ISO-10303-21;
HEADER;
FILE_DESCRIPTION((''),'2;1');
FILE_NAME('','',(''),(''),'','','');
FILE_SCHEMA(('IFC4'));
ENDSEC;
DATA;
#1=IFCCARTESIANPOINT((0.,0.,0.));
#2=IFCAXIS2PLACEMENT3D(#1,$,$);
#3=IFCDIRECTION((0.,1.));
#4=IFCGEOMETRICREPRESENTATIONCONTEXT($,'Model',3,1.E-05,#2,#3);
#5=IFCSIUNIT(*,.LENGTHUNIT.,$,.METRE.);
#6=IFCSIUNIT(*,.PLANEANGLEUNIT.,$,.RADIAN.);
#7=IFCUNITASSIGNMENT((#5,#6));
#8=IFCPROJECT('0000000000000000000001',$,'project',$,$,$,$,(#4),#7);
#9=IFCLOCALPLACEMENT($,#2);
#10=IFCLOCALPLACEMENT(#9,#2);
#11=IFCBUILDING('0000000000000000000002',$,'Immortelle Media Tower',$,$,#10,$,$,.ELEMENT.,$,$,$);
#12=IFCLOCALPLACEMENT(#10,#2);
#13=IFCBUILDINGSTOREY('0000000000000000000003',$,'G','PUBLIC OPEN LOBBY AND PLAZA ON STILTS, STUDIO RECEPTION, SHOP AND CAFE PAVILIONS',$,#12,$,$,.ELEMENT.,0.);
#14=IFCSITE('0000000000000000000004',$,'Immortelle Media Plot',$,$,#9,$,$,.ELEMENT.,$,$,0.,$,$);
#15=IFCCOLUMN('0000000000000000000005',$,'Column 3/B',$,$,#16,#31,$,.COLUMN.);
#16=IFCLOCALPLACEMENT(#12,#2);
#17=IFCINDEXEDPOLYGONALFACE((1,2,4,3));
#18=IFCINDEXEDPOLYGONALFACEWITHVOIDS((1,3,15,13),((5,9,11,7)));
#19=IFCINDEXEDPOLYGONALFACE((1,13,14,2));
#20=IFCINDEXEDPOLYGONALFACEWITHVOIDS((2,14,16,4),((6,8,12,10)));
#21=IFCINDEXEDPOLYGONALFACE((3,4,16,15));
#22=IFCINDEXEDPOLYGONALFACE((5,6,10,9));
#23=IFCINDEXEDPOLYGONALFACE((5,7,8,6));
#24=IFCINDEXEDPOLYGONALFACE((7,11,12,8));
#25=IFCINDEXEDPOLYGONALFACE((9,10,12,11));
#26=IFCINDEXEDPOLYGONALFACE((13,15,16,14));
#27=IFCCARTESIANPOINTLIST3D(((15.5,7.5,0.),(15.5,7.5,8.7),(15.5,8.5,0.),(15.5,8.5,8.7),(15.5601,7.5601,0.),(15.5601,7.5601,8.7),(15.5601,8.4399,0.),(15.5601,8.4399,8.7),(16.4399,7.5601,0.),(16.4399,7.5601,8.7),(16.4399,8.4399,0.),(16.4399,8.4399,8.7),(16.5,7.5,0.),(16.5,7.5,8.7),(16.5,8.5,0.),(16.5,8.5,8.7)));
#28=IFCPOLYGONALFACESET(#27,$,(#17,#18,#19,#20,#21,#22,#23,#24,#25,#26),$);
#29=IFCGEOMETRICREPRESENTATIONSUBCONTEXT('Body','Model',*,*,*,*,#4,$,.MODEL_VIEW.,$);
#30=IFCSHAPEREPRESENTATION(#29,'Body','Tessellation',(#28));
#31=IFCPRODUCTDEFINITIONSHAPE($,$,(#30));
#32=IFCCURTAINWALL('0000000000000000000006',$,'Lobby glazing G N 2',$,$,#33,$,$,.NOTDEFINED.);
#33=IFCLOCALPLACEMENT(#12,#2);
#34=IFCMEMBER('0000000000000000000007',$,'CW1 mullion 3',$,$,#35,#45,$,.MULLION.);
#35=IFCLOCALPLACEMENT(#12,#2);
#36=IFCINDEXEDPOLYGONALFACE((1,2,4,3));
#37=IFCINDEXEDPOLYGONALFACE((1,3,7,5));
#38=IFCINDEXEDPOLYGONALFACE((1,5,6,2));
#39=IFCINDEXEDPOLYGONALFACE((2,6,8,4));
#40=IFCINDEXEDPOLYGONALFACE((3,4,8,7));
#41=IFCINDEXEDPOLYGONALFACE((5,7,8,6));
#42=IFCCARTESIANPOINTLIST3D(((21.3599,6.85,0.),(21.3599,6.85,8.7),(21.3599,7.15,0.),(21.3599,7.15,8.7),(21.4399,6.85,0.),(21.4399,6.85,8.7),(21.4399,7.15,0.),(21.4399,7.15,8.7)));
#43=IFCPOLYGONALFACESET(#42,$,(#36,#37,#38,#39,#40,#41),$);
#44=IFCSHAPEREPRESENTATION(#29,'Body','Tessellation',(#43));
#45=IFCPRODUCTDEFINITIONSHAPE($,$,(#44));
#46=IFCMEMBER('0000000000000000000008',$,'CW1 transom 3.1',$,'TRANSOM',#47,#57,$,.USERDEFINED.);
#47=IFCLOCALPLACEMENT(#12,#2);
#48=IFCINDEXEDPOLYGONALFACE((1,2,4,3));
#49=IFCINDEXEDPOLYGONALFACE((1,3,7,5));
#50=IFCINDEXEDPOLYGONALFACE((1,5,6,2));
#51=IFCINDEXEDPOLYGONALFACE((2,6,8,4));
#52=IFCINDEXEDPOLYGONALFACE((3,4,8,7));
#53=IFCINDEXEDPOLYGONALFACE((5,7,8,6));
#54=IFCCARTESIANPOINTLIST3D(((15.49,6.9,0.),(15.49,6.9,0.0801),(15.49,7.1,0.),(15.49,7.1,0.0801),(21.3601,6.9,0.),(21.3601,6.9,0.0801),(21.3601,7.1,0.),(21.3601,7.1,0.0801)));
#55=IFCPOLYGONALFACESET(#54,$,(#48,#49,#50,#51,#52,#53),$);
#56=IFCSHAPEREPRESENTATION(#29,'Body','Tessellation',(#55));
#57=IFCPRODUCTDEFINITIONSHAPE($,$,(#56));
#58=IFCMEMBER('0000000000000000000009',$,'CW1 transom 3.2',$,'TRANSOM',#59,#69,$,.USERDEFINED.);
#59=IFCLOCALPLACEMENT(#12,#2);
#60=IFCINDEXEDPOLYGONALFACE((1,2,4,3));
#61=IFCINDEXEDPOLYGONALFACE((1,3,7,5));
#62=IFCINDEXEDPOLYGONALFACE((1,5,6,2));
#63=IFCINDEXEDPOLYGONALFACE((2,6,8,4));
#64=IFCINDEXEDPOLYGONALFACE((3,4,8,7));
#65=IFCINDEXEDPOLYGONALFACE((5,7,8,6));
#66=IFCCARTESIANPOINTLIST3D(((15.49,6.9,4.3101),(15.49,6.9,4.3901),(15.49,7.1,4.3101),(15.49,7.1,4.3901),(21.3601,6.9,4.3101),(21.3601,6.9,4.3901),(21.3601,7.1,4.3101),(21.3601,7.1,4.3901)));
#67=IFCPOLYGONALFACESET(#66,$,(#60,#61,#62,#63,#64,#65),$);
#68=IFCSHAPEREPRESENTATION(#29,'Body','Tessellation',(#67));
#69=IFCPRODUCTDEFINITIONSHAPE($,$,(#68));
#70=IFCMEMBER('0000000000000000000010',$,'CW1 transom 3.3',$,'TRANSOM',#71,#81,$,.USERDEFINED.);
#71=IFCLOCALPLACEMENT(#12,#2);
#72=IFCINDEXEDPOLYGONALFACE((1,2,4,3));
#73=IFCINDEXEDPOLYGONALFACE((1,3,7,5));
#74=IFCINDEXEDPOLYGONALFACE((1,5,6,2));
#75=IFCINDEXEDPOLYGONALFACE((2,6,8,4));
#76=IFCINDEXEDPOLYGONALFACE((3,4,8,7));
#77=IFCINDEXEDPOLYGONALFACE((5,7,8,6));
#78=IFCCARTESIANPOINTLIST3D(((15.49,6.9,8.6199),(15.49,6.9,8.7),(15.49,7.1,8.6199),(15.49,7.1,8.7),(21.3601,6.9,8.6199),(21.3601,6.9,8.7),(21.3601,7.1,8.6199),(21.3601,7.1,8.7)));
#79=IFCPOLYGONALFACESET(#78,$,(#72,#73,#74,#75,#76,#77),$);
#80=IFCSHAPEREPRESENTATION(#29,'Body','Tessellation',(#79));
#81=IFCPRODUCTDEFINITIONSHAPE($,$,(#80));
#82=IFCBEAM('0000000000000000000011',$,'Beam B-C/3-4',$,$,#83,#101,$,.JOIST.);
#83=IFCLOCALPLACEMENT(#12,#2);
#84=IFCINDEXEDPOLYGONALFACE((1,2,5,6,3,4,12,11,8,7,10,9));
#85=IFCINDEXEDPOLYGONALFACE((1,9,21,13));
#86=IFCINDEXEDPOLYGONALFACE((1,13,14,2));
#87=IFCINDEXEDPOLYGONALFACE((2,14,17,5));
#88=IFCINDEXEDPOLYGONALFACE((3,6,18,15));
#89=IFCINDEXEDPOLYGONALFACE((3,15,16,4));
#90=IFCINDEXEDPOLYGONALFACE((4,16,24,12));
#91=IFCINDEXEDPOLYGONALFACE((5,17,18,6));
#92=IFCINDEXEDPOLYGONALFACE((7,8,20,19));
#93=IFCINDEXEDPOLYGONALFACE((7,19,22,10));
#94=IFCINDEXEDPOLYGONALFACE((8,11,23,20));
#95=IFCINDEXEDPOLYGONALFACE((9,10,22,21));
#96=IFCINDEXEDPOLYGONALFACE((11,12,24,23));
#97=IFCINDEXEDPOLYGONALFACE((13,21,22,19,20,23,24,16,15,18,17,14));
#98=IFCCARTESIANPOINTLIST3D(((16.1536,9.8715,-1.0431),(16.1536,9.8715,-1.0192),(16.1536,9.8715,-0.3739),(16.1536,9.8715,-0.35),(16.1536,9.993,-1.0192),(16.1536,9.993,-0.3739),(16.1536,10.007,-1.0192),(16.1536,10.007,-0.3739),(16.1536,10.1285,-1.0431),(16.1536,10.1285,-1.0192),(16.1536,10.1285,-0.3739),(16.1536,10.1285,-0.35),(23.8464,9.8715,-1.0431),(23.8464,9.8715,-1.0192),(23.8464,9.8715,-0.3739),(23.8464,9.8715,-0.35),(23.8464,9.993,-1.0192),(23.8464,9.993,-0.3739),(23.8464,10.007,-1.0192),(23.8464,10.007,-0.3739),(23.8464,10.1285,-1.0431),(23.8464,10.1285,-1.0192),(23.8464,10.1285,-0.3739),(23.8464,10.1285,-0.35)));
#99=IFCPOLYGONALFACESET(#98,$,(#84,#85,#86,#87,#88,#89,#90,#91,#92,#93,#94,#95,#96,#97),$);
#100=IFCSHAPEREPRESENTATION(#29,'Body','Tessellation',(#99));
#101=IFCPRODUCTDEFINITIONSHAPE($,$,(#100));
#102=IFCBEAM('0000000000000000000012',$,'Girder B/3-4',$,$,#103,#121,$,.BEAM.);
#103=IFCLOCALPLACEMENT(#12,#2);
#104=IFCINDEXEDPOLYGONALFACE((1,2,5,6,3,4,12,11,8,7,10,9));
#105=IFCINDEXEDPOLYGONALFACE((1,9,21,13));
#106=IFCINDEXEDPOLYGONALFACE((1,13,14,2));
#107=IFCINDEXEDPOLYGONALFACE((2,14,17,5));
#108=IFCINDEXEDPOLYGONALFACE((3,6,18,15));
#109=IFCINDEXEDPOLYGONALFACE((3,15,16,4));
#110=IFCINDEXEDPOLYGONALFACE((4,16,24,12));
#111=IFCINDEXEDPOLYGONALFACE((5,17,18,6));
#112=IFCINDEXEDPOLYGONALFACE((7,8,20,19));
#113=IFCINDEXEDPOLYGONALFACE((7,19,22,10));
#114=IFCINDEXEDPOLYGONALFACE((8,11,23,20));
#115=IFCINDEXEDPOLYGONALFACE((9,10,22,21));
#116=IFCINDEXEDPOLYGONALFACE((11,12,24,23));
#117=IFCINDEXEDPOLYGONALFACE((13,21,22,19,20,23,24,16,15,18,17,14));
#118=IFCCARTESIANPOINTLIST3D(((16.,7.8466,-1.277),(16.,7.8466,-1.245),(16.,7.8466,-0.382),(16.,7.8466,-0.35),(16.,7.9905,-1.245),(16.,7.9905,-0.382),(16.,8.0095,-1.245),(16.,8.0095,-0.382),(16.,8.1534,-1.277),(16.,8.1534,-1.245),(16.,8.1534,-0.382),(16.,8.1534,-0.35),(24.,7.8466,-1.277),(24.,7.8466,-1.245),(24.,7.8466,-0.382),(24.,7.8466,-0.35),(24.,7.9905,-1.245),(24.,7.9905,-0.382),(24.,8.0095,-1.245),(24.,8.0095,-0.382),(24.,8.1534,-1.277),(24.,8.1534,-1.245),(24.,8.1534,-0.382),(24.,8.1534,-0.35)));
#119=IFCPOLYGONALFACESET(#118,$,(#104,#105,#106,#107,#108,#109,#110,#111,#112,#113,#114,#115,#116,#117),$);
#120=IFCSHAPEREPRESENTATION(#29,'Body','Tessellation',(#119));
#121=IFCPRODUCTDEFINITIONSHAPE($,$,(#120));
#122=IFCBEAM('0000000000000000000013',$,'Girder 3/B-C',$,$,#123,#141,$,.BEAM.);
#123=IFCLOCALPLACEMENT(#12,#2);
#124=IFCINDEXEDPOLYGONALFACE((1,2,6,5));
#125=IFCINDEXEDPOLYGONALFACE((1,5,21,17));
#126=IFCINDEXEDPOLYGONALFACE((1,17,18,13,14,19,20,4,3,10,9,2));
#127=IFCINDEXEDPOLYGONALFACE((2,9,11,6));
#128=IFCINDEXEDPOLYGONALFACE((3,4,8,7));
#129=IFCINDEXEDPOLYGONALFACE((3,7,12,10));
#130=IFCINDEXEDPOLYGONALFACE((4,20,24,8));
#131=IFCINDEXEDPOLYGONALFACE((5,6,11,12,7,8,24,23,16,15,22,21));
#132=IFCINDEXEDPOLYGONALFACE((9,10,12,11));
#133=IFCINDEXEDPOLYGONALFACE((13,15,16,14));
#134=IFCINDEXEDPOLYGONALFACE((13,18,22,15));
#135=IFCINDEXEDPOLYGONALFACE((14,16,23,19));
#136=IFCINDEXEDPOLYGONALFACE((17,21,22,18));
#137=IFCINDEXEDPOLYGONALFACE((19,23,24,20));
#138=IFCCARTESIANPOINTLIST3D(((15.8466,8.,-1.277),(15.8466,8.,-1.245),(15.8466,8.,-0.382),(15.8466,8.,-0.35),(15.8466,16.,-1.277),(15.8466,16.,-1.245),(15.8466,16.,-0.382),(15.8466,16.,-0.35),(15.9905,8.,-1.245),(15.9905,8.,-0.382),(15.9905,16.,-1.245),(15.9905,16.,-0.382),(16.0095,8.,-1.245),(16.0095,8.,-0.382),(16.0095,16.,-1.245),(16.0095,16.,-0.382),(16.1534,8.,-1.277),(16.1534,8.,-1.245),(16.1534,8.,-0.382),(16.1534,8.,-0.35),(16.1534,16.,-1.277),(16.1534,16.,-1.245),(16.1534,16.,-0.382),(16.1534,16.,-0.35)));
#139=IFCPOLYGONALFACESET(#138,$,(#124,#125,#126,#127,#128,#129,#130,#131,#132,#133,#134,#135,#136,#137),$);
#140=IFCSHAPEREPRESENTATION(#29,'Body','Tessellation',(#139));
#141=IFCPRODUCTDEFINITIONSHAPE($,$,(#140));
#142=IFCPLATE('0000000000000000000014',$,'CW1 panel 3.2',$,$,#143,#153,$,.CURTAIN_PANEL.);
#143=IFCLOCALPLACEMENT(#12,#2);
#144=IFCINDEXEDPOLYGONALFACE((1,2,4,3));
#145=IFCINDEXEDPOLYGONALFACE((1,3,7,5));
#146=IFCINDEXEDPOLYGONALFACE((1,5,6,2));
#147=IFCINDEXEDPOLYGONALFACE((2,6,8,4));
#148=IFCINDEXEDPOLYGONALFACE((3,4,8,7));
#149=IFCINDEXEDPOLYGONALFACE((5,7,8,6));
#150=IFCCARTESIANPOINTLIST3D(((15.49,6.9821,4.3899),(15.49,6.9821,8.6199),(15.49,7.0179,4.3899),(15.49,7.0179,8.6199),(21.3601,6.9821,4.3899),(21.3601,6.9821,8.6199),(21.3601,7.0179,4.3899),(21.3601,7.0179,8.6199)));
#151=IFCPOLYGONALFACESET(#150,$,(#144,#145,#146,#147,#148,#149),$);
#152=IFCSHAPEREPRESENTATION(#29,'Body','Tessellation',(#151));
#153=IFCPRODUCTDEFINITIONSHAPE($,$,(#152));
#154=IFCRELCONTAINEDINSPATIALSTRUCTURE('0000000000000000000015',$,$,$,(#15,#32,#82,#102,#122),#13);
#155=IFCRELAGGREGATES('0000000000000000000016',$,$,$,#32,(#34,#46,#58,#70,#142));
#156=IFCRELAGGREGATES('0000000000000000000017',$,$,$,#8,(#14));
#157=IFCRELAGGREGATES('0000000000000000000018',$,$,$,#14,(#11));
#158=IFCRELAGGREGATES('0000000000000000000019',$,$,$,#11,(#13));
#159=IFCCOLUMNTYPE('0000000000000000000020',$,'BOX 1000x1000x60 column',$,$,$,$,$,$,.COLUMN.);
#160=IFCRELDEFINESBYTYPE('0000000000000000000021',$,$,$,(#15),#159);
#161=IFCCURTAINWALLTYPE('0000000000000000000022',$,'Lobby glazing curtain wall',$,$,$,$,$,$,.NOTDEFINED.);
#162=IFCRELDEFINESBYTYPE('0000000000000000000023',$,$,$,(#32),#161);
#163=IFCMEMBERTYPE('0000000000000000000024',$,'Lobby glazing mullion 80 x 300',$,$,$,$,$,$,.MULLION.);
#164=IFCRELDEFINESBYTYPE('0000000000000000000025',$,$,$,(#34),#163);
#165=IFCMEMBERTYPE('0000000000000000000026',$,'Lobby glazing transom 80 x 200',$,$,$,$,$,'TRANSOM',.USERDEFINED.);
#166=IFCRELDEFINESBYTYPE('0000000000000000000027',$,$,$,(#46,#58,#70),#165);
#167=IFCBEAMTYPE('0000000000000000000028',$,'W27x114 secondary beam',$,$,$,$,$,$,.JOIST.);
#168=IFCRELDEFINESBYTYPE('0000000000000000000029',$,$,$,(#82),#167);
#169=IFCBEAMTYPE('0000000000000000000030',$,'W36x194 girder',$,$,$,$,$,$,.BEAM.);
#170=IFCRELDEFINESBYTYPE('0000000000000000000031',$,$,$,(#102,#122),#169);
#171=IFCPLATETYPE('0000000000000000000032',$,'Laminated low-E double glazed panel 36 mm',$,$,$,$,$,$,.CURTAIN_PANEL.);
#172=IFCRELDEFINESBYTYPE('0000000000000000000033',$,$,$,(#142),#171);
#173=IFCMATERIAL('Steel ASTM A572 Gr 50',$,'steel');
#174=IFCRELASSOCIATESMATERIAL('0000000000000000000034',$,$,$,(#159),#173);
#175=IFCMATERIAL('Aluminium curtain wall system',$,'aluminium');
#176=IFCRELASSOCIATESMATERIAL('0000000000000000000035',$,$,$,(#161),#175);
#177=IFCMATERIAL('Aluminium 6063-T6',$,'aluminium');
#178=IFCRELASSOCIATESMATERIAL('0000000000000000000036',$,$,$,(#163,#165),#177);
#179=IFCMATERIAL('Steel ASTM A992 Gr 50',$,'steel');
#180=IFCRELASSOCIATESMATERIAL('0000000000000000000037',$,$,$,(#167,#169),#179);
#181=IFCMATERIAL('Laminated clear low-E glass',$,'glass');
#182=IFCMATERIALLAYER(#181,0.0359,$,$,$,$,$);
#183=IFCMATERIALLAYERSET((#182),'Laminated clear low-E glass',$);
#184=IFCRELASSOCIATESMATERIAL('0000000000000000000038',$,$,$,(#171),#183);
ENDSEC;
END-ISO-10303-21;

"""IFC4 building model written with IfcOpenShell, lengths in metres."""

from ifc_helpers import new_model, si_unit, direction, frame, origin, origin_2d, place, context, subcontext, project, spatial, rectangle, hollow_rectangle, i_section, extrude, material, layer, layer_set, material_profile, profile_set, type_object, element, aggregate, save


model = new_model("IFC4")

# Units and contexts
model_context = context("Model", 3, precision=1e-05, world=origin(), true_north=direction((0.0, 1.0)))
body_context = subcontext(model_context, "Body", "Model", "MODEL_VIEW")
ifc_project = project(units=[si_unit("LENGTHUNIT", "METRE"), si_unit("PLANEANGLEUNIT", "RADIAN")], contexts=[model_context])

# Site, building, storey
site_placement = place(None, origin())
site = spatial("IfcSite", under=ifc_project, at=site_placement, Name="Immortelle Media Plot", CompositionType="ELEMENT", RefElevation=0.0)
building_placement = place(site_placement, origin())
building = spatial("IfcBuilding", under=site, at=building_placement, Name="Immortelle Media Tower", CompositionType="ELEMENT")
storey_placement = place(building_placement, origin())
storey = spatial("IfcBuildingStorey", under=building, at=storey_placement, Name="G", Description="PUBLIC OPEN LOBBY AND PLAZA ON STILTS, STUDIO RECEPTION, SHOP AND CAFE PAVILIONS", CompositionType="ELEMENT", Elevation=0.0)

# Column
ifc_material_1 = material(Name="Steel ASTM A572 Gr 50", Category="steel")
ifc_material_profile_1 = material_profile(ifc_material_1, hollow_rectangle(XDim=1.0, YDim=1.0, WallThickness=0.0601, at=origin_2d()), Name="BOX 1000x1000x60 column")
ifc_profile_set_1 = profile_set([ifc_material_profile_1], Name="Steel ASTM A572 Gr 50")
column_type = type_object("IfcColumnType", Name="BOX 1000x1000x60 column", PredefinedType="COLUMN", material=ifc_profile_set_1)
column_placement = place(storey_placement, frame((16.0, 8.0, 0.0), z_axis=(0.0, 0.0, 1.0), x_axis=(1.0, 0.0, 0.0)))
element("IfcColumn", 1, at=column_placement, inside=storey, type_object=column_type, Name="Column 3/B", PredefinedType="COLUMN", context=body_context, shape_type="SweptSolid", body=[
    extrude(hollow_rectangle(XDim=1.0, YDim=1.0, WallThickness=0.0601, at=origin_2d()), origin(), (0.0, 0.0, 1.0), 8.7),
])

# Curtain wall, members
ifc_material_2 = material(Name="Aluminium curtain wall system", Category="aluminium")
curtain_wall_type = type_object("IfcCurtainWallType", Name="Lobby glazing curtain wall", PredefinedType="NOTDEFINED", material=ifc_material_2)
curtain_wall_placement = place(storey_placement, origin())
curtain_wall = element("IfcCurtainWall", 2, at=curtain_wall_placement, inside=storey, type_object=curtain_wall_type, Name="Lobby glazing G N 2", PredefinedType="NOTDEFINED")
ifc_material_3 = material(Name="Aluminium 6063-T6", Category="aluminium")
ifc_material_profile_2 = material_profile(ifc_material_3, rectangle(XDim=0.3, YDim=0.0801, at=origin_2d()), Name="AL 80x300")
ifc_profile_set_2 = profile_set([ifc_material_profile_2], Name="Aluminium 6063-T6")
member_type_1 = type_object("IfcMemberType", Name="Lobby glazing mullion 80 x 300", PredefinedType="MULLION", material=ifc_profile_set_2)
member_1_placement = place(storey_placement, frame((21.3999, 7.0, 0.0), z_axis=(0.0, 0.0, 1.0), x_axis=(0.0, -1.0, 0.0)))
member_1 = element("IfcMember", 3, at=member_1_placement, type_object=member_type_1, Name="CW1 mullion 3", PredefinedType="MULLION", context=body_context, shape_type="SweptSolid", body=[
    extrude(rectangle(XDim=0.3, YDim=0.0801, at=origin_2d()), origin(), (0.0, 0.0, 1.0), 8.7),
])
ifc_material_profile_3 = material_profile(ifc_material_3, rectangle(XDim=0.2, YDim=0.0801, at=origin_2d()), Name="AL 80x200")
ifc_profile_set_3 = profile_set([ifc_material_profile_3], Name="Aluminium 6063-T6")
member_type_2 = type_object("IfcMemberType", Name="Lobby glazing transom 80 x 200", ElementType="TRANSOM", PredefinedType="USERDEFINED", material=ifc_profile_set_3)
member_2_placement = place(storey_placement, frame((21.3601, 7.0, 0.04), z_axis=(-1.0, 0.0, 0.0), x_axis=(0.0, -1.0, 0.0)))
member_2 = element("IfcMember", 4, at=member_2_placement, type_object=member_type_2, Name="CW1 transom 3.1", ObjectType="TRANSOM", PredefinedType="USERDEFINED", context=body_context, shape_type="SweptSolid", body=[
    extrude(rectangle(XDim=0.2, YDim=0.0801, at=origin_2d()), origin(), (0.0, 0.0, 1.0), 5.8701),
])
member_3_placement = place(storey_placement, frame((21.3601, 7.0, 4.3501), z_axis=(-1.0, 0.0, 0.0), x_axis=(0.0, -1.0, 0.0)))
member_3 = element("IfcMember", 5, at=member_3_placement, type_object=member_type_2, Name="CW1 transom 3.2", ObjectType="TRANSOM", PredefinedType="USERDEFINED", context=body_context, shape_type="SweptSolid", body=[
    extrude(rectangle(XDim=0.2, YDim=0.0801, at=origin_2d()), origin(), (0.0, 0.0, 1.0), 5.8701),
])
member_4_placement = place(storey_placement, frame((21.3601, 7.0, 8.6599), z_axis=(-1.0, 0.0, 0.0), x_axis=(0.0, -1.0, 0.0)))
member_4 = element("IfcMember", 6, at=member_4_placement, type_object=member_type_2, Name="CW1 transom 3.3", ObjectType="TRANSOM", PredefinedType="USERDEFINED", context=body_context, shape_type="SweptSolid", body=[
    extrude(rectangle(XDim=0.2, YDim=0.0801, at=origin_2d()), origin(), (0.0, 0.0, 1.0), 5.8701),
])

# Beams
ifc_material_4 = material(Name="Steel ASTM A992 Gr 50", Category="steel")
ifc_material_profile_4 = material_profile(ifc_material_4, i_section(OverallWidth=0.2571, OverallDepth=0.6931, WebThickness=0.0139, FlangeThickness=0.0239, at=origin_2d()), Name="W27x114")
ifc_profile_set_4 = profile_set([ifc_material_profile_4], Name="Steel ASTM A992 Gr 50")
beam_type_1 = type_object("IfcBeamType", Name="W27x114 secondary beam", PredefinedType="JOIST", material=ifc_profile_set_4)
beam_placement = place(storey_placement, frame((16.1536, 10.0, -0.6965), z_axis=(1.0, 0.0, 0.0), x_axis=(0.0, 1.0, 0.0)))
element("IfcBeam", 7, at=beam_placement, inside=storey, type_object=beam_type_1, Name="Beam B-C/3-4", PredefinedType="JOIST", context=body_context, shape_type="SweptSolid", body=[
    extrude(i_section(OverallWidth=0.2571, OverallDepth=0.6931, WebThickness=0.0139, FlangeThickness=0.0239, at=origin_2d()), origin(), (0.0, 0.0, 1.0), 7.6929),
])
ifc_material_profile_5 = material_profile(ifc_material_4, i_section(OverallWidth=0.3069, OverallDepth=0.927, WebThickness=0.019, FlangeThickness=0.032, at=origin_2d()), Name="W36x194")
ifc_profile_set_5 = profile_set([ifc_material_profile_5], Name="Steel ASTM A992 Gr 50")
beam_type_2 = type_object("IfcBeamType", Name="W36x194 girder", PredefinedType="BEAM", material=ifc_profile_set_5)
for number, where, z_axis, x_axis, name in (
    (8, (16.0, 8.0, -0.8135), (1.0, 0.0, 0.0), (0.0, 1.0, 0.0), "Girder B/3-4"),
    (9, (16.0, 8.0, -0.8135), (0.0, 1.0, 0.0), (-1.0, 0.0, 0.0), "Girder 3/B-C"),
):
    element("IfcBeam", number, at=place(storey_placement, frame(where, z_axis=z_axis, x_axis=x_axis)), inside=storey, type_object=beam_type_2, Name=name, PredefinedType="BEAM", context=body_context, shape_type="SweptSolid", body=[
        extrude(i_section(OverallWidth=0.3069, OverallDepth=0.927, WebThickness=0.019, FlangeThickness=0.032, at=origin_2d()), origin(), (0.0, 0.0, 1.0), 8.0),
    ])

# Plate
ifc_material_5 = material(Name="Laminated clear low-E glass", Category="glass")
ifc_layer_1 = layer(ifc_material_5, 0.0359)
ifc_layer_set_1 = layer_set([ifc_layer_1], Name="Laminated clear low-E glass")
plate_type = type_object("IfcPlateType", Name="Laminated low-E double glazed panel 36 mm", PredefinedType="CURTAIN_PANEL", material=ifc_layer_set_1)
plate_placement = place(storey_placement, frame((18.425, 7.0, 4.3899), z_axis=(0.0, 0.0, 1.0), x_axis=(-1.0, 0.0, 0.0)))
plate = element("IfcPlate", 10, at=plate_placement, type_object=plate_type, Name="CW1 panel 3.2", PredefinedType="CURTAIN_PANEL", context=body_context, shape_type="SweptSolid", body=[
    extrude(rectangle(XDim=5.8701, YDim=0.0359, at=origin_2d()), origin(), (0.0, 0.0, 1.0), 4.23),
])
aggregate(curtain_wall, [member_1, member_2, member_3, member_4, plate])

save(model, "model.ifc")
